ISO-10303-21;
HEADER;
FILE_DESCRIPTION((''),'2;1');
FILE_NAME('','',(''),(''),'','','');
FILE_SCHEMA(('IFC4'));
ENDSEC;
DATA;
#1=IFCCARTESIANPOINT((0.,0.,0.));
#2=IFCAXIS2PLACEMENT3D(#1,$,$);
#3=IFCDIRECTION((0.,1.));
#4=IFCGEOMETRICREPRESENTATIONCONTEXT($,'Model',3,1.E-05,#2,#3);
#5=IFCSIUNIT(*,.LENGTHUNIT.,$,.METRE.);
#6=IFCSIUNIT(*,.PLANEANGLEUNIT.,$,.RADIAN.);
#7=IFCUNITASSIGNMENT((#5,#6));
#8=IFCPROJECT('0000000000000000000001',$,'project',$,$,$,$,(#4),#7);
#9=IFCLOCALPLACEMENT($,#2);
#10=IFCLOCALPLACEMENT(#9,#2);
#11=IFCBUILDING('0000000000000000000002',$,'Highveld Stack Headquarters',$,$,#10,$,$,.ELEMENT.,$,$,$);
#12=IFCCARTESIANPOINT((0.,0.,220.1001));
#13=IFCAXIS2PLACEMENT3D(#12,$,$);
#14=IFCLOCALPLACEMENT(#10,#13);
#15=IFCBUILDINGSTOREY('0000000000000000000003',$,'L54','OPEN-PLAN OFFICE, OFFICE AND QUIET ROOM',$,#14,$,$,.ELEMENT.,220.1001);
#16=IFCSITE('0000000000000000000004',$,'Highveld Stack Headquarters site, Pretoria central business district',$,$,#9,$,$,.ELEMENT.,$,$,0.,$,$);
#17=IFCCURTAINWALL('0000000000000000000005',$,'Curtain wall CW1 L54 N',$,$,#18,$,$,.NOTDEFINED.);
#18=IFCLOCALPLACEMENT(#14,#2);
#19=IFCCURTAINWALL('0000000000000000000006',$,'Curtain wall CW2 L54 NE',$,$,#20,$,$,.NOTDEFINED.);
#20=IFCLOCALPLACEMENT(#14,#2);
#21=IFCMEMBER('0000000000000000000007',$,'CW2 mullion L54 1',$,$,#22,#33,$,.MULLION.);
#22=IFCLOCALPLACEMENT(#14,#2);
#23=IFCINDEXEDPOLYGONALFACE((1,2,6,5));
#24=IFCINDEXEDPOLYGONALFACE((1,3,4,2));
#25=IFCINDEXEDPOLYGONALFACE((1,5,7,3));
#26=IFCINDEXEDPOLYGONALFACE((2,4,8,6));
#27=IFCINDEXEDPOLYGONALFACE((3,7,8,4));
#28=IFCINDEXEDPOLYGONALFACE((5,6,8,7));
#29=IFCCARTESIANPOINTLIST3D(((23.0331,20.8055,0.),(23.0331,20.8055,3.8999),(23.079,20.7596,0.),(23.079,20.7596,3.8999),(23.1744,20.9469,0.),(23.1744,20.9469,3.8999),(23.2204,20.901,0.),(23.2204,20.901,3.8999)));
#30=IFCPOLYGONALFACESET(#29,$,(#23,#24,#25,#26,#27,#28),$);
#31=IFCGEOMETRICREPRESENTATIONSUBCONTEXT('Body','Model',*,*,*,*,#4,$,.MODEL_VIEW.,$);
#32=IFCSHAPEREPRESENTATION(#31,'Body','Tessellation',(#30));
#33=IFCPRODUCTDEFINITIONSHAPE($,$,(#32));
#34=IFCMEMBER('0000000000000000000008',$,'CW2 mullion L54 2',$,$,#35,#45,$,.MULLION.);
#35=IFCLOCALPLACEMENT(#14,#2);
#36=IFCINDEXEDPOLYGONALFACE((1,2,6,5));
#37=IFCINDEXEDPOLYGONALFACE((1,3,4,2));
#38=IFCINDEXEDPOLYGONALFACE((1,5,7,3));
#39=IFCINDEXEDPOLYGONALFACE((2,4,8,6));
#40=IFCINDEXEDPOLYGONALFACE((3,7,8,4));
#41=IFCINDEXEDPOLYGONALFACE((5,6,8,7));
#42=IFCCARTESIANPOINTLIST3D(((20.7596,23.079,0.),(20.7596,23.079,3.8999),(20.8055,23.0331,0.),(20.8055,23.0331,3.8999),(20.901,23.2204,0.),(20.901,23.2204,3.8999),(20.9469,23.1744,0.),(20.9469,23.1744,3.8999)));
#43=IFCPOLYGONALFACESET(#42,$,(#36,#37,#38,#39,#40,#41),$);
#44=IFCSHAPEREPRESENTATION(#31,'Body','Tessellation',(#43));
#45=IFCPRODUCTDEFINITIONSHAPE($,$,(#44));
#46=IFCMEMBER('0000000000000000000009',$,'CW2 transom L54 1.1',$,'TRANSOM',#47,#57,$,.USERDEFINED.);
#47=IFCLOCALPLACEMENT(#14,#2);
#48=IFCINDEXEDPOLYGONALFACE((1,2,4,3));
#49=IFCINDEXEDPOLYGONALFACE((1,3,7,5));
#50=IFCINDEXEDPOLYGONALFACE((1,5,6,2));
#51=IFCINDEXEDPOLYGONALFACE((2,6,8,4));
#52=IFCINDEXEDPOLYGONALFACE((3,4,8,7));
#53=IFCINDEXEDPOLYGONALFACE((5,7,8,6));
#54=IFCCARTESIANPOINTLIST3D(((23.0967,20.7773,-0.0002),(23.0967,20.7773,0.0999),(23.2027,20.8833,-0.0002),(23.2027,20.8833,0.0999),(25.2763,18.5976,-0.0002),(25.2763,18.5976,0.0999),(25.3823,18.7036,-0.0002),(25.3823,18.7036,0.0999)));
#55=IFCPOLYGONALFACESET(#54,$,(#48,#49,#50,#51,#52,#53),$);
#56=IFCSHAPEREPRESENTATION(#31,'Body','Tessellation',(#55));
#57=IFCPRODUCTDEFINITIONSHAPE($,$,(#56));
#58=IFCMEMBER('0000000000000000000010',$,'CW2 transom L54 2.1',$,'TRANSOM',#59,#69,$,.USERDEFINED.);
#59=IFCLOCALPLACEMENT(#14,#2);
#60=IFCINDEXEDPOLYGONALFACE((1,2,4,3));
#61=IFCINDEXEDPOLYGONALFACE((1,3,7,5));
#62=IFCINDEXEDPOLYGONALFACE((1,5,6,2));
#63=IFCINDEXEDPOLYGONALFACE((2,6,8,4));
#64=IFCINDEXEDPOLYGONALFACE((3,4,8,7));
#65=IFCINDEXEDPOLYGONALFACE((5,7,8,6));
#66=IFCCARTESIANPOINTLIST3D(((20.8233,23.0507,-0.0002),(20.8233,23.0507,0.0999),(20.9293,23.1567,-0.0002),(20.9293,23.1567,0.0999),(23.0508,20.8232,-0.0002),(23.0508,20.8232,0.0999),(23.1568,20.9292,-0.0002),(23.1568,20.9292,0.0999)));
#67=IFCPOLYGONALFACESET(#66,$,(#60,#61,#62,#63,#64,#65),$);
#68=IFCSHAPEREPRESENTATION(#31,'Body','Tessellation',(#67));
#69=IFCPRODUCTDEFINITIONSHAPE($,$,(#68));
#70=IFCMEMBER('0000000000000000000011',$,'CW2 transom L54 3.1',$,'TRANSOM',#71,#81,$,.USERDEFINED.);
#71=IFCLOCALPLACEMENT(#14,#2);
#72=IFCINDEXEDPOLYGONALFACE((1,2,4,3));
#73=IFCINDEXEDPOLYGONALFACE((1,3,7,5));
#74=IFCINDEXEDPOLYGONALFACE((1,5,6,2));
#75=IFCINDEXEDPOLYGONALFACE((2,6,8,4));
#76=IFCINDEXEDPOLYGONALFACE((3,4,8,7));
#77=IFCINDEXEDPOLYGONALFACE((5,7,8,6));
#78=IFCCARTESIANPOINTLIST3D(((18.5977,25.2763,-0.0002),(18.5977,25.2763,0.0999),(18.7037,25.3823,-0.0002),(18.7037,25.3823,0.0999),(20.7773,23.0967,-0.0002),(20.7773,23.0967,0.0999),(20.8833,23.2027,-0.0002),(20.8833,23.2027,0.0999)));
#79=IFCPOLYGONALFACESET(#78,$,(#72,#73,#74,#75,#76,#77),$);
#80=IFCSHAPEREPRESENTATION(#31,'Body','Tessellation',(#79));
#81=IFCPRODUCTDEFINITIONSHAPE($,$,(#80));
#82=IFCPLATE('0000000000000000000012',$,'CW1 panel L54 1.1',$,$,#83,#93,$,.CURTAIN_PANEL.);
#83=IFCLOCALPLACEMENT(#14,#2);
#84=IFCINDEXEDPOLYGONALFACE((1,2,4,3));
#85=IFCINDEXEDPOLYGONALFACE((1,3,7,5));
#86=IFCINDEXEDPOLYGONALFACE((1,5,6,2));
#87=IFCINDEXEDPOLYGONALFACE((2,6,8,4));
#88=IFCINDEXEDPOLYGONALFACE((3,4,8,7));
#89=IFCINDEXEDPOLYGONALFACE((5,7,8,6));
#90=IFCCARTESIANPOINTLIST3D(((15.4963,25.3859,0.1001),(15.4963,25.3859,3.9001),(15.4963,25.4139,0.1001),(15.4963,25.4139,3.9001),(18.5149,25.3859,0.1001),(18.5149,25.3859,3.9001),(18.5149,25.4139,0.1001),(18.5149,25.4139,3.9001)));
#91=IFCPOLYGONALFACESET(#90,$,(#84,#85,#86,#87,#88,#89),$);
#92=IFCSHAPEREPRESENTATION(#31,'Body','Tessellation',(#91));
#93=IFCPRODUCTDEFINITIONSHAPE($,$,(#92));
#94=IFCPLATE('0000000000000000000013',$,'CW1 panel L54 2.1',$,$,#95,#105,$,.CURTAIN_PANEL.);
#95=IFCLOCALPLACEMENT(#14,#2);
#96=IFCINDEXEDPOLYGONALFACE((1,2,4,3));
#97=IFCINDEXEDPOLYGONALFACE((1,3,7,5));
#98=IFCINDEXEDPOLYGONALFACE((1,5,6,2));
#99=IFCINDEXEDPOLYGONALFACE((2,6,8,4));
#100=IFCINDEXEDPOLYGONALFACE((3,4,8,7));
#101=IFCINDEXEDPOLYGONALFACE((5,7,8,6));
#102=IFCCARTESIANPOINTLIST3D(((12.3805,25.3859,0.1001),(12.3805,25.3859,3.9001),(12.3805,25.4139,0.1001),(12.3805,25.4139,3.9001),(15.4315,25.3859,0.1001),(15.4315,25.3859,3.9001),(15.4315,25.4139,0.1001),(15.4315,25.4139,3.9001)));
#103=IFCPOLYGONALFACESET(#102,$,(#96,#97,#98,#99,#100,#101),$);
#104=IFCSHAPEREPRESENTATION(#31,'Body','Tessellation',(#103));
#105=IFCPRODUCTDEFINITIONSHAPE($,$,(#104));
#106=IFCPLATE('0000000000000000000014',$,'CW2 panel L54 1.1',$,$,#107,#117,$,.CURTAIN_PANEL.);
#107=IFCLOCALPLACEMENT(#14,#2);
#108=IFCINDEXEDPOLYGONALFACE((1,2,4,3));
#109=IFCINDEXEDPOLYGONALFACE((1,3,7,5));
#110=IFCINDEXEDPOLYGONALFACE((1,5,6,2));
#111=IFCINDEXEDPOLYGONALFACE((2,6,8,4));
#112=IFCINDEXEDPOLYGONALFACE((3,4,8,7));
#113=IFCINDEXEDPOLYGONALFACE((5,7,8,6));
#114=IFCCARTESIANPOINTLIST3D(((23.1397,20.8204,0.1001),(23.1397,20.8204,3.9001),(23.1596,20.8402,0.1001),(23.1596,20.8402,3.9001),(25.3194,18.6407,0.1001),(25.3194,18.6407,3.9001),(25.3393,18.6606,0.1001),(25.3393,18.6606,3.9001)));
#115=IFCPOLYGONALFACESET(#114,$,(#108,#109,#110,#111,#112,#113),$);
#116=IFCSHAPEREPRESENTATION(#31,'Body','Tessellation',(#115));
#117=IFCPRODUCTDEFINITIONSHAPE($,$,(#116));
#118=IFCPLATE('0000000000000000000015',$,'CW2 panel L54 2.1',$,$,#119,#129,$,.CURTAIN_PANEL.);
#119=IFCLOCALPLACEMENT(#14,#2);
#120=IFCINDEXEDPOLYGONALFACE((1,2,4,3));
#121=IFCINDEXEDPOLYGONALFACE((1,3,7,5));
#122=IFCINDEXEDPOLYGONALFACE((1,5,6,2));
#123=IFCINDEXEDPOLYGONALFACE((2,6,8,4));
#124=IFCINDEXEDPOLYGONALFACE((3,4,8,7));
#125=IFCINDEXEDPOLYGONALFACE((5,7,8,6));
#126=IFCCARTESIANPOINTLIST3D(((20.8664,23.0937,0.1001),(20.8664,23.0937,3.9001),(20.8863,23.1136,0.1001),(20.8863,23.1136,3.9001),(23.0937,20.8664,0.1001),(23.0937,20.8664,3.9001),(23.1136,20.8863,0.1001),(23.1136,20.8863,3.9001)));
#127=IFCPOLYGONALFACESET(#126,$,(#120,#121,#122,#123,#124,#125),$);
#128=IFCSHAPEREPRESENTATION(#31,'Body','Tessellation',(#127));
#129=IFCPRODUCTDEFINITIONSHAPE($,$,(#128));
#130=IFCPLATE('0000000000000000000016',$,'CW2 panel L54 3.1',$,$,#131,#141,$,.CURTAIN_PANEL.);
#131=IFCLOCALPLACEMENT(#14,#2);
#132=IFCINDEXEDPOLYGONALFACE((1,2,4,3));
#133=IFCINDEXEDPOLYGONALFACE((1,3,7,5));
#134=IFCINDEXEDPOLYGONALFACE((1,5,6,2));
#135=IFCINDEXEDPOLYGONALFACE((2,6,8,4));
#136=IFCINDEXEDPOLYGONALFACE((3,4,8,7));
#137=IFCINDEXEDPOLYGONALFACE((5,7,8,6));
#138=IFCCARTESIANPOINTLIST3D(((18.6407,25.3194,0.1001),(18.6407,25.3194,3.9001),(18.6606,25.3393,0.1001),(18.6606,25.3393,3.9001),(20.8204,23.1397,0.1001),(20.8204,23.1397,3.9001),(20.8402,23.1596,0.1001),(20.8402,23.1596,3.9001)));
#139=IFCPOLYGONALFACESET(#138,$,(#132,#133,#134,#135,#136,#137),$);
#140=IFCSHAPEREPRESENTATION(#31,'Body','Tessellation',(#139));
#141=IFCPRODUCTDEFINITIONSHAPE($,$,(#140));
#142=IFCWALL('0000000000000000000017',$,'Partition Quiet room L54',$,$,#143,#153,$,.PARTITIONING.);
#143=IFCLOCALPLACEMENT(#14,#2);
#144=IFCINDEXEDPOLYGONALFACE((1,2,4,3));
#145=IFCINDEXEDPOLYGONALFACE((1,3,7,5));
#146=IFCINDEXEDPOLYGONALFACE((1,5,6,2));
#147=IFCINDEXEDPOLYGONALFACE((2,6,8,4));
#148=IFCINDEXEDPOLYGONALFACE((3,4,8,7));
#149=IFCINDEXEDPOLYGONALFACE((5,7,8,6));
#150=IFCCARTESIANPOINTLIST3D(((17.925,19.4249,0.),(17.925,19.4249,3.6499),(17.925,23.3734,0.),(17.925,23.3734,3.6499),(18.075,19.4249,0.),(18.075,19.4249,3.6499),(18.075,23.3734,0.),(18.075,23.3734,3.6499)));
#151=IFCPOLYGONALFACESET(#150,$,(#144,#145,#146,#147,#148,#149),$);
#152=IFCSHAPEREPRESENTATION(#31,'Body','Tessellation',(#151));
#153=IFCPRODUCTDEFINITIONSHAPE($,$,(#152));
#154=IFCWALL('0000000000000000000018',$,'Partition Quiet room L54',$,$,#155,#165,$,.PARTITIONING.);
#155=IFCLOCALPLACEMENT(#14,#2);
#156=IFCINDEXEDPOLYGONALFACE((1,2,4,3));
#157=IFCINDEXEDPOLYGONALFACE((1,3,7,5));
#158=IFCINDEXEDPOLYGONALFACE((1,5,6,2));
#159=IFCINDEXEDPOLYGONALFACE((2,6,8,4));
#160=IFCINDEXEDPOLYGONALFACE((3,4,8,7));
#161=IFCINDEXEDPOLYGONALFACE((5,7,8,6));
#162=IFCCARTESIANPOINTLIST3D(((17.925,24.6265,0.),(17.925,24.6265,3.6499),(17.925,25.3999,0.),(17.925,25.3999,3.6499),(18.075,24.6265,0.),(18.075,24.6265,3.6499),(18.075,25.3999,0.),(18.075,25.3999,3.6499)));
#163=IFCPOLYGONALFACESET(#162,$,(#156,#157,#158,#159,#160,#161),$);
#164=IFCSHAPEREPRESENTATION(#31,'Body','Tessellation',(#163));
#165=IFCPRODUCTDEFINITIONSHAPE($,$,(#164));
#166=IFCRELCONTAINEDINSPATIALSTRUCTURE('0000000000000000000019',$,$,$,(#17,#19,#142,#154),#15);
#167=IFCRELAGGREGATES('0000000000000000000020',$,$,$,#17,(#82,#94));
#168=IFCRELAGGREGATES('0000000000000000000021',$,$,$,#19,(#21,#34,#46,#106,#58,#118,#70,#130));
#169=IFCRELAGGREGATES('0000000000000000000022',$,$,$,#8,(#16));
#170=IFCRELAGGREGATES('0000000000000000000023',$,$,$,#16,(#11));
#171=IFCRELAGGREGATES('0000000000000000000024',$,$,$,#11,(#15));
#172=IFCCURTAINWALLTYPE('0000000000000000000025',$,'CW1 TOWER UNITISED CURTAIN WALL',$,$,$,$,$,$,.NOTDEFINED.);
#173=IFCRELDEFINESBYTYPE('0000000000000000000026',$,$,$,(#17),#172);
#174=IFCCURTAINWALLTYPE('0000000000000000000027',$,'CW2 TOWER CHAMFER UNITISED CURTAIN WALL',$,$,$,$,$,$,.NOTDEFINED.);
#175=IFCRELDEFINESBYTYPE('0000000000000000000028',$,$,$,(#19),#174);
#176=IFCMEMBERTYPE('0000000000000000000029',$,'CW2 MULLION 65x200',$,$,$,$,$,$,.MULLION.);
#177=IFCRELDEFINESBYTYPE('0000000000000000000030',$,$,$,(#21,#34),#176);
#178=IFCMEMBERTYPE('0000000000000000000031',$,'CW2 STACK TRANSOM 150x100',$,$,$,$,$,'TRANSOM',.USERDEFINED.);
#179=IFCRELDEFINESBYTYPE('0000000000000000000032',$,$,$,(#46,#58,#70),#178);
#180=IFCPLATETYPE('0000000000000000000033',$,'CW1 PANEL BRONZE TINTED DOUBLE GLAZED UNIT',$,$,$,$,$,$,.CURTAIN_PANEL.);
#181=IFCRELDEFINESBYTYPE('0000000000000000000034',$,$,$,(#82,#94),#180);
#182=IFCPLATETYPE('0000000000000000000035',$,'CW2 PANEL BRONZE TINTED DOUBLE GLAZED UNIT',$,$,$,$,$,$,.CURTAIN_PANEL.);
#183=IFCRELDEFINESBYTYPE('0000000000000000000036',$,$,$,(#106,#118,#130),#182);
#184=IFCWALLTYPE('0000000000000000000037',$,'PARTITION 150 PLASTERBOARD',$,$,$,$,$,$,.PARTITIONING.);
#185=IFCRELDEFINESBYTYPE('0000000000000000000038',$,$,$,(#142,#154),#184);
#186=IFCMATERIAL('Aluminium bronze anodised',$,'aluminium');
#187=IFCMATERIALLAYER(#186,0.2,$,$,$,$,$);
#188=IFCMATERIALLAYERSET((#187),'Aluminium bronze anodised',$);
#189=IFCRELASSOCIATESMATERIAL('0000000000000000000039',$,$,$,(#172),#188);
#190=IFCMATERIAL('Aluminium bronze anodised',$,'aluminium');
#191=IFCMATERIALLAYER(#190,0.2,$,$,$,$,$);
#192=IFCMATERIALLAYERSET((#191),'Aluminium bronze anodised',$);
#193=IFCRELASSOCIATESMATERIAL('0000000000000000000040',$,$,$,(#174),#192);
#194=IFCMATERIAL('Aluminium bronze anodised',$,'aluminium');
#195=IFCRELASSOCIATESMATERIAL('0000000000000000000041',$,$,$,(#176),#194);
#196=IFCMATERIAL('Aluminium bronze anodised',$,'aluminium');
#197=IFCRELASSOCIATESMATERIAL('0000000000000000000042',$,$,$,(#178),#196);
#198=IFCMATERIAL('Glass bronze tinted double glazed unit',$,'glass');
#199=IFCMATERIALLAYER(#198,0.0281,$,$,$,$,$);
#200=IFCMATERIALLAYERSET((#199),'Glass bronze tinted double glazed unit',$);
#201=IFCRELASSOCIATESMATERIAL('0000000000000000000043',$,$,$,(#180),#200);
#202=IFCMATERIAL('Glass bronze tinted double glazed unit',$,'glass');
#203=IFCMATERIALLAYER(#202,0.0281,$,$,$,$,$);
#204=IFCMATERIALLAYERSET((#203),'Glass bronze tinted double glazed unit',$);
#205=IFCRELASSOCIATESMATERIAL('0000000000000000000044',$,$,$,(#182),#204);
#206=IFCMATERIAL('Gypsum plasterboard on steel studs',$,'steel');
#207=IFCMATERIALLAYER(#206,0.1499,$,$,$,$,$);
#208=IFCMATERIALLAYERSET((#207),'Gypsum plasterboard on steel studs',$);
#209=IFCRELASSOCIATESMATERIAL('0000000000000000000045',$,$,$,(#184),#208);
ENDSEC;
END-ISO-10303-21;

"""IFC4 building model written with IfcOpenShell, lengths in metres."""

from ifc_helpers import new_model, si_unit, direction, frame, frame_2d, origin, origin_2d, place, context, subcontext, project, spatial, rectangle, extrude, material, layer, layer_set, material_profile, profile_set, type_object, element, aggregate, save


model = new_model("IFC4")

# Units and contexts
model_context = context("Model", 3, precision=1e-05, world=origin(), true_north=direction((0.0, 1.0)))
body_context = subcontext(model_context, "Body", "Model", "MODEL_VIEW")
ifc_project = project(units=[si_unit("LENGTHUNIT", "METRE"), si_unit("PLANEANGLEUNIT", "RADIAN")], contexts=[model_context])

# Site, building, storey
site_placement = place(None, origin())
site = spatial("IfcSite", under=ifc_project, at=site_placement, Name="Highveld Stack Headquarters site, Pretoria central business district", CompositionType="ELEMENT", RefElevation=0.0)
building_placement = place(site_placement, origin())
building = spatial("IfcBuilding", under=site, at=building_placement, Name="Highveld Stack Headquarters", CompositionType="ELEMENT")
storey_placement = place(building_placement, frame((0.0, 0.0, 220.1001)))
storey = spatial("IfcBuildingStorey", under=building, at=storey_placement, Name="L54", Description="OPEN-PLAN OFFICE, OFFICE AND QUIET ROOM", CompositionType="ELEMENT", Elevation=220.1001)

# Shared definitions
ifc_material_1 = material(Name="Aluminium bronze anodised", Category="aluminium")
ifc_layer_1 = layer(ifc_material_1, 0.2)
ifc_layer_set_1 = layer_set([ifc_layer_1], Name="Aluminium bronze anodised")
curtain_wall_type_1 = type_object("IfcCurtainWallType", Name="CW1 TOWER UNITISED CURTAIN WALL", PredefinedType="NOTDEFINED", material=ifc_layer_set_1)

# Curtain wall
curtain_wall_1_placement = place(storey_placement, origin())
curtain_wall_1 = element("IfcCurtainWall", 1, at=curtain_wall_1_placement, inside=storey, type_object=curtain_wall_type_1, Name="Curtain wall CW1 L54 N", PredefinedType="NOTDEFINED")

# Curtain wall, members
ifc_material_2 = material(Name="Aluminium bronze anodised", Category="aluminium")
ifc_layer_2 = layer(ifc_material_2, 0.2)
ifc_layer_set_2 = layer_set([ifc_layer_2], Name="Aluminium bronze anodised")
curtain_wall_type_2 = type_object("IfcCurtainWallType", Name="CW2 TOWER CHAMFER UNITISED CURTAIN WALL", PredefinedType="NOTDEFINED", material=ifc_layer_set_2)
curtain_wall_2_placement = place(storey_placement, origin())
curtain_wall_2 = element("IfcCurtainWall", 2, at=curtain_wall_2_placement, inside=storey, type_object=curtain_wall_type_2, Name="Curtain wall CW2 L54 NE", PredefinedType="NOTDEFINED")
ifc_material_3 = material(Name="Aluminium bronze anodised", Category="aluminium")
ifc_material_profile_1 = material_profile(ifc_material_3, rectangle(XDim=0.2, YDim=0.0649, at=origin_2d()), Name="CW2 MULLION 65x200")
ifc_profile_set_1 = profile_set([ifc_material_profile_1], Name="Aluminium bronze anodised")
member_type_1 = type_object("IfcMemberType", Name="CW2 MULLION 65x200", PredefinedType="MULLION", material=ifc_profile_set_1)
member_1_placement = place(storey_placement, frame((23.1267, 20.8533, 0.0), z_axis=(0.0, 0.0, 1.0), x_axis=(-0.707107, -0.707107, 0.0)))
member_1 = element("IfcMember", 3, at=member_1_placement, type_object=member_type_1, Name="CW2 mullion L54 1", PredefinedType="MULLION", context=body_context, shape_type="SweptSolid", body=[
    extrude(rectangle(XDim=0.2, YDim=0.0649, at=origin_2d()), origin(), (0.0, 0.0, 1.0), 3.8999),
])
member_2_placement = place(storey_placement, frame((20.8533, 23.1267, 0.0), z_axis=(0.0, 0.0, 1.0), x_axis=(-0.707107, -0.707107, 0.0)))
member_2 = element("IfcMember", 4, at=member_2_placement, type_object=member_type_1, Name="CW2 mullion L54 2", PredefinedType="MULLION", context=body_context, shape_type="SweptSolid", body=[
    extrude(rectangle(XDim=0.2, YDim=0.0649, at=origin_2d()), origin(), (0.0, 0.0, 1.0), 3.8999),
])
ifc_material_4 = material(Name="Aluminium bronze anodised", Category="aluminium")
ifc_material_profile_2 = material_profile(ifc_material_4, rectangle(XDim=0.1499, YDim=0.1001, at=origin_2d()), Name="CW2 TRANSOM 150x100")
ifc_profile_set_2 = profile_set([ifc_material_profile_2], Name="Aluminium bronze anodised")
member_type_2 = type_object("IfcMemberType", Name="CW2 STACK TRANSOM 150x100", ElementType="TRANSOM", PredefinedType="USERDEFINED", material=ifc_profile_set_2)
member_3_placement = place(storey_placement, frame((25.3293, 18.6506, 0.0498), z_axis=(-0.707107, 0.707107, 0.0), x_axis=(-0.707107, -0.707107, 0.0)))
member_3 = element("IfcMember", 5, at=member_3_placement, type_object=member_type_2, Name="CW2 transom L54 1.1", ObjectType="TRANSOM", PredefinedType="USERDEFINED", context=body_context, shape_type="SweptSolid", body=[
    extrude(rectangle(XDim=0.1499, YDim=0.1001, at=origin_2d()), origin(), (0.0, 0.0, 1.0), 3.0825),
])
member_4_placement = place(storey_placement, frame((23.1038, 20.8762, 0.0498), z_axis=(-0.707107, 0.707107, 0.0), x_axis=(-0.707107, -0.707107, 0.0)))
member_4 = element("IfcMember", 6, at=member_4_placement, type_object=member_type_2, Name="CW2 transom L54 2.1", ObjectType="TRANSOM", PredefinedType="USERDEFINED", context=body_context, shape_type="SweptSolid", body=[
    extrude(rectangle(XDim=0.1499, YDim=0.1001, at=origin_2d()), origin(), (0.0, 0.0, 1.0), 3.1501),
])
member_5_placement = place(storey_placement, frame((20.8303, 23.1497, 0.0498), z_axis=(-0.707107, 0.707107, 0.0), x_axis=(-0.707107, -0.707107, 0.0)))
member_5 = element("IfcMember", 7, at=member_5_placement, type_object=member_type_2, Name="CW2 transom L54 3.1", ObjectType="TRANSOM", PredefinedType="USERDEFINED", context=body_context, shape_type="SweptSolid", body=[
    extrude(rectangle(XDim=0.1499, YDim=0.1001, at=origin_2d()), origin(), (0.0, 0.0, 1.0), 3.0825),
])

# Plates
ifc_material_5 = material(Name="Glass bronze tinted double glazed unit", Category="glass")
ifc_layer_3 = layer(ifc_material_5, 0.0281)
ifc_layer_set_3 = layer_set([ifc_layer_3], Name="Glass bronze tinted double glazed unit")
plate_type_1 = type_object("IfcPlateType", Name="CW1 PANEL BRONZE TINTED DOUBLE GLAZED UNIT", PredefinedType="CURTAIN_PANEL", material=ifc_layer_set_3)
plate_1_placement = place(storey_placement, frame((17.0056, 25.3999, 0.1001), z_axis=(0.0, 0.0, 1.0), x_axis=(-1.0, 0.0, 0.0)))
plate_1 = element("IfcPlate", 8, at=plate_1_placement, type_object=plate_type_1, Name="CW1 panel L54 1.1", PredefinedType="CURTAIN_PANEL", context=body_context, shape_type="SweptSolid", body=[
    extrude(rectangle(XDim=3.0186, YDim=0.0281, at=origin_2d()), origin(), (0.0, 0.0, 1.0), 3.8),
])
plate_2_placement = place(storey_placement, frame((13.906, 25.3999, 0.1001), z_axis=(0.0, 0.0, 1.0), x_axis=(-1.0, 0.0, 0.0)))
plate_2 = element("IfcPlate", 9, at=plate_2_placement, type_object=plate_type_1, Name="CW1 panel L54 2.1", PredefinedType="CURTAIN_PANEL", context=body_context, shape_type="SweptSolid", body=[
    extrude(rectangle(XDim=3.051, YDim=0.0281, at=origin_2d()), origin(), (0.0, 0.0, 1.0), 3.8),
])
aggregate(curtain_wall_1, [plate_1, plate_2])
ifc_material_6 = material(Name="Glass bronze tinted double glazed unit", Category="glass")
ifc_layer_4 = layer(ifc_material_6, 0.0281)
ifc_layer_set_4 = layer_set([ifc_layer_4], Name="Glass bronze tinted double glazed unit")
plate_type_2 = type_object("IfcPlateType", Name="CW2 PANEL BRONZE TINTED DOUBLE GLAZED UNIT", PredefinedType="CURTAIN_PANEL", material=ifc_layer_set_4)
plate_3_placement = place(storey_placement, frame((24.2395, 19.7405, 0.1001), z_axis=(0.0, 0.0, 1.0), x_axis=(-0.707107, 0.707107, 0.0)))
plate_3 = element("IfcPlate", 10, at=plate_3_placement, type_object=plate_type_2, Name="CW2 panel L54 1.1", PredefinedType="CURTAIN_PANEL", context=body_context, shape_type="SweptSolid", body=[
    extrude(rectangle(XDim=3.0825, YDim=0.0281, at=origin_2d()), origin(), (0.0, 0.0, 1.0), 3.8),
])
plate_4_placement = place(storey_placement, frame((21.99, 21.99, 0.1001), z_axis=(0.0, 0.0, 1.0), x_axis=(-0.707107, 0.707107, 0.0)))
plate_4 = element("IfcPlate", 11, at=plate_4_placement, type_object=plate_type_2, Name="CW2 panel L54 2.1", PredefinedType="CURTAIN_PANEL", context=body_context, shape_type="SweptSolid", body=[
    extrude(rectangle(XDim=3.1499, YDim=0.0281, at=origin_2d()), origin(), (0.0, 0.0, 1.0), 3.8),
])
plate_5_placement = place(storey_placement, frame((19.7405, 24.2395, 0.1001), z_axis=(0.0, 0.0, 1.0), x_axis=(-0.707107, 0.707107, 0.0)))
plate_5 = element("IfcPlate", 12, at=plate_5_placement, type_object=plate_type_2, Name="CW2 panel L54 3.1", PredefinedType="CURTAIN_PANEL", context=body_context, shape_type="SweptSolid", body=[
    extrude(rectangle(XDim=3.0825, YDim=0.0281, at=origin_2d()), origin(), (0.0, 0.0, 1.0), 3.8),
])
aggregate(curtain_wall_2, [member_1, member_2, member_3, plate_3, member_4, plate_4, member_5, plate_5])

# Walls
ifc_material_7 = material(Name="Gypsum plasterboard on steel studs", Category="steel")
ifc_layer_5 = layer(ifc_material_7, 0.1499)
ifc_layer_set_5 = layer_set([ifc_layer_5], Name="Gypsum plasterboard on steel studs")
wall_type = type_object("IfcWallType", Name="PARTITION 150 PLASTERBOARD", PredefinedType="PARTITIONING", material=ifc_layer_set_5)
wall_1_placement = place(storey_placement, frame((18.0, 19.425, 0.0), z_axis=(0.0, 0.0, 1.0), x_axis=(0.0, 1.0, 0.0)))
element("IfcWall", 13, at=wall_1_placement, inside=storey, type_object=wall_type, Name="Partition Quiet room L54", PredefinedType="PARTITIONING", context=body_context, shape_type="SweptSolid", body=[
    extrude(rectangle(XDim=3.9485, YDim=0.1499, at=frame_2d((1.9741, 0.0))), origin(), (0.0, 0.0, 1.0), 3.6499),
])
wall_2_placement = place(storey_placement, frame((18.0, 24.6265, 0.0), z_axis=(0.0, 0.0, 1.0), x_axis=(0.0, 1.0, 0.0)))
element("IfcWall", 14, at=wall_2_placement, inside=storey, type_object=wall_type, Name="Partition Quiet room L54", PredefinedType="PARTITIONING", context=body_context, shape_type="SweptSolid", body=[
    extrude(rectangle(XDim=0.7734, YDim=0.1499, at=frame_2d((0.3867, 0.0))), origin(), (0.0, 0.0, 1.0), 3.6499),
])

save(model, "model.ifc")
